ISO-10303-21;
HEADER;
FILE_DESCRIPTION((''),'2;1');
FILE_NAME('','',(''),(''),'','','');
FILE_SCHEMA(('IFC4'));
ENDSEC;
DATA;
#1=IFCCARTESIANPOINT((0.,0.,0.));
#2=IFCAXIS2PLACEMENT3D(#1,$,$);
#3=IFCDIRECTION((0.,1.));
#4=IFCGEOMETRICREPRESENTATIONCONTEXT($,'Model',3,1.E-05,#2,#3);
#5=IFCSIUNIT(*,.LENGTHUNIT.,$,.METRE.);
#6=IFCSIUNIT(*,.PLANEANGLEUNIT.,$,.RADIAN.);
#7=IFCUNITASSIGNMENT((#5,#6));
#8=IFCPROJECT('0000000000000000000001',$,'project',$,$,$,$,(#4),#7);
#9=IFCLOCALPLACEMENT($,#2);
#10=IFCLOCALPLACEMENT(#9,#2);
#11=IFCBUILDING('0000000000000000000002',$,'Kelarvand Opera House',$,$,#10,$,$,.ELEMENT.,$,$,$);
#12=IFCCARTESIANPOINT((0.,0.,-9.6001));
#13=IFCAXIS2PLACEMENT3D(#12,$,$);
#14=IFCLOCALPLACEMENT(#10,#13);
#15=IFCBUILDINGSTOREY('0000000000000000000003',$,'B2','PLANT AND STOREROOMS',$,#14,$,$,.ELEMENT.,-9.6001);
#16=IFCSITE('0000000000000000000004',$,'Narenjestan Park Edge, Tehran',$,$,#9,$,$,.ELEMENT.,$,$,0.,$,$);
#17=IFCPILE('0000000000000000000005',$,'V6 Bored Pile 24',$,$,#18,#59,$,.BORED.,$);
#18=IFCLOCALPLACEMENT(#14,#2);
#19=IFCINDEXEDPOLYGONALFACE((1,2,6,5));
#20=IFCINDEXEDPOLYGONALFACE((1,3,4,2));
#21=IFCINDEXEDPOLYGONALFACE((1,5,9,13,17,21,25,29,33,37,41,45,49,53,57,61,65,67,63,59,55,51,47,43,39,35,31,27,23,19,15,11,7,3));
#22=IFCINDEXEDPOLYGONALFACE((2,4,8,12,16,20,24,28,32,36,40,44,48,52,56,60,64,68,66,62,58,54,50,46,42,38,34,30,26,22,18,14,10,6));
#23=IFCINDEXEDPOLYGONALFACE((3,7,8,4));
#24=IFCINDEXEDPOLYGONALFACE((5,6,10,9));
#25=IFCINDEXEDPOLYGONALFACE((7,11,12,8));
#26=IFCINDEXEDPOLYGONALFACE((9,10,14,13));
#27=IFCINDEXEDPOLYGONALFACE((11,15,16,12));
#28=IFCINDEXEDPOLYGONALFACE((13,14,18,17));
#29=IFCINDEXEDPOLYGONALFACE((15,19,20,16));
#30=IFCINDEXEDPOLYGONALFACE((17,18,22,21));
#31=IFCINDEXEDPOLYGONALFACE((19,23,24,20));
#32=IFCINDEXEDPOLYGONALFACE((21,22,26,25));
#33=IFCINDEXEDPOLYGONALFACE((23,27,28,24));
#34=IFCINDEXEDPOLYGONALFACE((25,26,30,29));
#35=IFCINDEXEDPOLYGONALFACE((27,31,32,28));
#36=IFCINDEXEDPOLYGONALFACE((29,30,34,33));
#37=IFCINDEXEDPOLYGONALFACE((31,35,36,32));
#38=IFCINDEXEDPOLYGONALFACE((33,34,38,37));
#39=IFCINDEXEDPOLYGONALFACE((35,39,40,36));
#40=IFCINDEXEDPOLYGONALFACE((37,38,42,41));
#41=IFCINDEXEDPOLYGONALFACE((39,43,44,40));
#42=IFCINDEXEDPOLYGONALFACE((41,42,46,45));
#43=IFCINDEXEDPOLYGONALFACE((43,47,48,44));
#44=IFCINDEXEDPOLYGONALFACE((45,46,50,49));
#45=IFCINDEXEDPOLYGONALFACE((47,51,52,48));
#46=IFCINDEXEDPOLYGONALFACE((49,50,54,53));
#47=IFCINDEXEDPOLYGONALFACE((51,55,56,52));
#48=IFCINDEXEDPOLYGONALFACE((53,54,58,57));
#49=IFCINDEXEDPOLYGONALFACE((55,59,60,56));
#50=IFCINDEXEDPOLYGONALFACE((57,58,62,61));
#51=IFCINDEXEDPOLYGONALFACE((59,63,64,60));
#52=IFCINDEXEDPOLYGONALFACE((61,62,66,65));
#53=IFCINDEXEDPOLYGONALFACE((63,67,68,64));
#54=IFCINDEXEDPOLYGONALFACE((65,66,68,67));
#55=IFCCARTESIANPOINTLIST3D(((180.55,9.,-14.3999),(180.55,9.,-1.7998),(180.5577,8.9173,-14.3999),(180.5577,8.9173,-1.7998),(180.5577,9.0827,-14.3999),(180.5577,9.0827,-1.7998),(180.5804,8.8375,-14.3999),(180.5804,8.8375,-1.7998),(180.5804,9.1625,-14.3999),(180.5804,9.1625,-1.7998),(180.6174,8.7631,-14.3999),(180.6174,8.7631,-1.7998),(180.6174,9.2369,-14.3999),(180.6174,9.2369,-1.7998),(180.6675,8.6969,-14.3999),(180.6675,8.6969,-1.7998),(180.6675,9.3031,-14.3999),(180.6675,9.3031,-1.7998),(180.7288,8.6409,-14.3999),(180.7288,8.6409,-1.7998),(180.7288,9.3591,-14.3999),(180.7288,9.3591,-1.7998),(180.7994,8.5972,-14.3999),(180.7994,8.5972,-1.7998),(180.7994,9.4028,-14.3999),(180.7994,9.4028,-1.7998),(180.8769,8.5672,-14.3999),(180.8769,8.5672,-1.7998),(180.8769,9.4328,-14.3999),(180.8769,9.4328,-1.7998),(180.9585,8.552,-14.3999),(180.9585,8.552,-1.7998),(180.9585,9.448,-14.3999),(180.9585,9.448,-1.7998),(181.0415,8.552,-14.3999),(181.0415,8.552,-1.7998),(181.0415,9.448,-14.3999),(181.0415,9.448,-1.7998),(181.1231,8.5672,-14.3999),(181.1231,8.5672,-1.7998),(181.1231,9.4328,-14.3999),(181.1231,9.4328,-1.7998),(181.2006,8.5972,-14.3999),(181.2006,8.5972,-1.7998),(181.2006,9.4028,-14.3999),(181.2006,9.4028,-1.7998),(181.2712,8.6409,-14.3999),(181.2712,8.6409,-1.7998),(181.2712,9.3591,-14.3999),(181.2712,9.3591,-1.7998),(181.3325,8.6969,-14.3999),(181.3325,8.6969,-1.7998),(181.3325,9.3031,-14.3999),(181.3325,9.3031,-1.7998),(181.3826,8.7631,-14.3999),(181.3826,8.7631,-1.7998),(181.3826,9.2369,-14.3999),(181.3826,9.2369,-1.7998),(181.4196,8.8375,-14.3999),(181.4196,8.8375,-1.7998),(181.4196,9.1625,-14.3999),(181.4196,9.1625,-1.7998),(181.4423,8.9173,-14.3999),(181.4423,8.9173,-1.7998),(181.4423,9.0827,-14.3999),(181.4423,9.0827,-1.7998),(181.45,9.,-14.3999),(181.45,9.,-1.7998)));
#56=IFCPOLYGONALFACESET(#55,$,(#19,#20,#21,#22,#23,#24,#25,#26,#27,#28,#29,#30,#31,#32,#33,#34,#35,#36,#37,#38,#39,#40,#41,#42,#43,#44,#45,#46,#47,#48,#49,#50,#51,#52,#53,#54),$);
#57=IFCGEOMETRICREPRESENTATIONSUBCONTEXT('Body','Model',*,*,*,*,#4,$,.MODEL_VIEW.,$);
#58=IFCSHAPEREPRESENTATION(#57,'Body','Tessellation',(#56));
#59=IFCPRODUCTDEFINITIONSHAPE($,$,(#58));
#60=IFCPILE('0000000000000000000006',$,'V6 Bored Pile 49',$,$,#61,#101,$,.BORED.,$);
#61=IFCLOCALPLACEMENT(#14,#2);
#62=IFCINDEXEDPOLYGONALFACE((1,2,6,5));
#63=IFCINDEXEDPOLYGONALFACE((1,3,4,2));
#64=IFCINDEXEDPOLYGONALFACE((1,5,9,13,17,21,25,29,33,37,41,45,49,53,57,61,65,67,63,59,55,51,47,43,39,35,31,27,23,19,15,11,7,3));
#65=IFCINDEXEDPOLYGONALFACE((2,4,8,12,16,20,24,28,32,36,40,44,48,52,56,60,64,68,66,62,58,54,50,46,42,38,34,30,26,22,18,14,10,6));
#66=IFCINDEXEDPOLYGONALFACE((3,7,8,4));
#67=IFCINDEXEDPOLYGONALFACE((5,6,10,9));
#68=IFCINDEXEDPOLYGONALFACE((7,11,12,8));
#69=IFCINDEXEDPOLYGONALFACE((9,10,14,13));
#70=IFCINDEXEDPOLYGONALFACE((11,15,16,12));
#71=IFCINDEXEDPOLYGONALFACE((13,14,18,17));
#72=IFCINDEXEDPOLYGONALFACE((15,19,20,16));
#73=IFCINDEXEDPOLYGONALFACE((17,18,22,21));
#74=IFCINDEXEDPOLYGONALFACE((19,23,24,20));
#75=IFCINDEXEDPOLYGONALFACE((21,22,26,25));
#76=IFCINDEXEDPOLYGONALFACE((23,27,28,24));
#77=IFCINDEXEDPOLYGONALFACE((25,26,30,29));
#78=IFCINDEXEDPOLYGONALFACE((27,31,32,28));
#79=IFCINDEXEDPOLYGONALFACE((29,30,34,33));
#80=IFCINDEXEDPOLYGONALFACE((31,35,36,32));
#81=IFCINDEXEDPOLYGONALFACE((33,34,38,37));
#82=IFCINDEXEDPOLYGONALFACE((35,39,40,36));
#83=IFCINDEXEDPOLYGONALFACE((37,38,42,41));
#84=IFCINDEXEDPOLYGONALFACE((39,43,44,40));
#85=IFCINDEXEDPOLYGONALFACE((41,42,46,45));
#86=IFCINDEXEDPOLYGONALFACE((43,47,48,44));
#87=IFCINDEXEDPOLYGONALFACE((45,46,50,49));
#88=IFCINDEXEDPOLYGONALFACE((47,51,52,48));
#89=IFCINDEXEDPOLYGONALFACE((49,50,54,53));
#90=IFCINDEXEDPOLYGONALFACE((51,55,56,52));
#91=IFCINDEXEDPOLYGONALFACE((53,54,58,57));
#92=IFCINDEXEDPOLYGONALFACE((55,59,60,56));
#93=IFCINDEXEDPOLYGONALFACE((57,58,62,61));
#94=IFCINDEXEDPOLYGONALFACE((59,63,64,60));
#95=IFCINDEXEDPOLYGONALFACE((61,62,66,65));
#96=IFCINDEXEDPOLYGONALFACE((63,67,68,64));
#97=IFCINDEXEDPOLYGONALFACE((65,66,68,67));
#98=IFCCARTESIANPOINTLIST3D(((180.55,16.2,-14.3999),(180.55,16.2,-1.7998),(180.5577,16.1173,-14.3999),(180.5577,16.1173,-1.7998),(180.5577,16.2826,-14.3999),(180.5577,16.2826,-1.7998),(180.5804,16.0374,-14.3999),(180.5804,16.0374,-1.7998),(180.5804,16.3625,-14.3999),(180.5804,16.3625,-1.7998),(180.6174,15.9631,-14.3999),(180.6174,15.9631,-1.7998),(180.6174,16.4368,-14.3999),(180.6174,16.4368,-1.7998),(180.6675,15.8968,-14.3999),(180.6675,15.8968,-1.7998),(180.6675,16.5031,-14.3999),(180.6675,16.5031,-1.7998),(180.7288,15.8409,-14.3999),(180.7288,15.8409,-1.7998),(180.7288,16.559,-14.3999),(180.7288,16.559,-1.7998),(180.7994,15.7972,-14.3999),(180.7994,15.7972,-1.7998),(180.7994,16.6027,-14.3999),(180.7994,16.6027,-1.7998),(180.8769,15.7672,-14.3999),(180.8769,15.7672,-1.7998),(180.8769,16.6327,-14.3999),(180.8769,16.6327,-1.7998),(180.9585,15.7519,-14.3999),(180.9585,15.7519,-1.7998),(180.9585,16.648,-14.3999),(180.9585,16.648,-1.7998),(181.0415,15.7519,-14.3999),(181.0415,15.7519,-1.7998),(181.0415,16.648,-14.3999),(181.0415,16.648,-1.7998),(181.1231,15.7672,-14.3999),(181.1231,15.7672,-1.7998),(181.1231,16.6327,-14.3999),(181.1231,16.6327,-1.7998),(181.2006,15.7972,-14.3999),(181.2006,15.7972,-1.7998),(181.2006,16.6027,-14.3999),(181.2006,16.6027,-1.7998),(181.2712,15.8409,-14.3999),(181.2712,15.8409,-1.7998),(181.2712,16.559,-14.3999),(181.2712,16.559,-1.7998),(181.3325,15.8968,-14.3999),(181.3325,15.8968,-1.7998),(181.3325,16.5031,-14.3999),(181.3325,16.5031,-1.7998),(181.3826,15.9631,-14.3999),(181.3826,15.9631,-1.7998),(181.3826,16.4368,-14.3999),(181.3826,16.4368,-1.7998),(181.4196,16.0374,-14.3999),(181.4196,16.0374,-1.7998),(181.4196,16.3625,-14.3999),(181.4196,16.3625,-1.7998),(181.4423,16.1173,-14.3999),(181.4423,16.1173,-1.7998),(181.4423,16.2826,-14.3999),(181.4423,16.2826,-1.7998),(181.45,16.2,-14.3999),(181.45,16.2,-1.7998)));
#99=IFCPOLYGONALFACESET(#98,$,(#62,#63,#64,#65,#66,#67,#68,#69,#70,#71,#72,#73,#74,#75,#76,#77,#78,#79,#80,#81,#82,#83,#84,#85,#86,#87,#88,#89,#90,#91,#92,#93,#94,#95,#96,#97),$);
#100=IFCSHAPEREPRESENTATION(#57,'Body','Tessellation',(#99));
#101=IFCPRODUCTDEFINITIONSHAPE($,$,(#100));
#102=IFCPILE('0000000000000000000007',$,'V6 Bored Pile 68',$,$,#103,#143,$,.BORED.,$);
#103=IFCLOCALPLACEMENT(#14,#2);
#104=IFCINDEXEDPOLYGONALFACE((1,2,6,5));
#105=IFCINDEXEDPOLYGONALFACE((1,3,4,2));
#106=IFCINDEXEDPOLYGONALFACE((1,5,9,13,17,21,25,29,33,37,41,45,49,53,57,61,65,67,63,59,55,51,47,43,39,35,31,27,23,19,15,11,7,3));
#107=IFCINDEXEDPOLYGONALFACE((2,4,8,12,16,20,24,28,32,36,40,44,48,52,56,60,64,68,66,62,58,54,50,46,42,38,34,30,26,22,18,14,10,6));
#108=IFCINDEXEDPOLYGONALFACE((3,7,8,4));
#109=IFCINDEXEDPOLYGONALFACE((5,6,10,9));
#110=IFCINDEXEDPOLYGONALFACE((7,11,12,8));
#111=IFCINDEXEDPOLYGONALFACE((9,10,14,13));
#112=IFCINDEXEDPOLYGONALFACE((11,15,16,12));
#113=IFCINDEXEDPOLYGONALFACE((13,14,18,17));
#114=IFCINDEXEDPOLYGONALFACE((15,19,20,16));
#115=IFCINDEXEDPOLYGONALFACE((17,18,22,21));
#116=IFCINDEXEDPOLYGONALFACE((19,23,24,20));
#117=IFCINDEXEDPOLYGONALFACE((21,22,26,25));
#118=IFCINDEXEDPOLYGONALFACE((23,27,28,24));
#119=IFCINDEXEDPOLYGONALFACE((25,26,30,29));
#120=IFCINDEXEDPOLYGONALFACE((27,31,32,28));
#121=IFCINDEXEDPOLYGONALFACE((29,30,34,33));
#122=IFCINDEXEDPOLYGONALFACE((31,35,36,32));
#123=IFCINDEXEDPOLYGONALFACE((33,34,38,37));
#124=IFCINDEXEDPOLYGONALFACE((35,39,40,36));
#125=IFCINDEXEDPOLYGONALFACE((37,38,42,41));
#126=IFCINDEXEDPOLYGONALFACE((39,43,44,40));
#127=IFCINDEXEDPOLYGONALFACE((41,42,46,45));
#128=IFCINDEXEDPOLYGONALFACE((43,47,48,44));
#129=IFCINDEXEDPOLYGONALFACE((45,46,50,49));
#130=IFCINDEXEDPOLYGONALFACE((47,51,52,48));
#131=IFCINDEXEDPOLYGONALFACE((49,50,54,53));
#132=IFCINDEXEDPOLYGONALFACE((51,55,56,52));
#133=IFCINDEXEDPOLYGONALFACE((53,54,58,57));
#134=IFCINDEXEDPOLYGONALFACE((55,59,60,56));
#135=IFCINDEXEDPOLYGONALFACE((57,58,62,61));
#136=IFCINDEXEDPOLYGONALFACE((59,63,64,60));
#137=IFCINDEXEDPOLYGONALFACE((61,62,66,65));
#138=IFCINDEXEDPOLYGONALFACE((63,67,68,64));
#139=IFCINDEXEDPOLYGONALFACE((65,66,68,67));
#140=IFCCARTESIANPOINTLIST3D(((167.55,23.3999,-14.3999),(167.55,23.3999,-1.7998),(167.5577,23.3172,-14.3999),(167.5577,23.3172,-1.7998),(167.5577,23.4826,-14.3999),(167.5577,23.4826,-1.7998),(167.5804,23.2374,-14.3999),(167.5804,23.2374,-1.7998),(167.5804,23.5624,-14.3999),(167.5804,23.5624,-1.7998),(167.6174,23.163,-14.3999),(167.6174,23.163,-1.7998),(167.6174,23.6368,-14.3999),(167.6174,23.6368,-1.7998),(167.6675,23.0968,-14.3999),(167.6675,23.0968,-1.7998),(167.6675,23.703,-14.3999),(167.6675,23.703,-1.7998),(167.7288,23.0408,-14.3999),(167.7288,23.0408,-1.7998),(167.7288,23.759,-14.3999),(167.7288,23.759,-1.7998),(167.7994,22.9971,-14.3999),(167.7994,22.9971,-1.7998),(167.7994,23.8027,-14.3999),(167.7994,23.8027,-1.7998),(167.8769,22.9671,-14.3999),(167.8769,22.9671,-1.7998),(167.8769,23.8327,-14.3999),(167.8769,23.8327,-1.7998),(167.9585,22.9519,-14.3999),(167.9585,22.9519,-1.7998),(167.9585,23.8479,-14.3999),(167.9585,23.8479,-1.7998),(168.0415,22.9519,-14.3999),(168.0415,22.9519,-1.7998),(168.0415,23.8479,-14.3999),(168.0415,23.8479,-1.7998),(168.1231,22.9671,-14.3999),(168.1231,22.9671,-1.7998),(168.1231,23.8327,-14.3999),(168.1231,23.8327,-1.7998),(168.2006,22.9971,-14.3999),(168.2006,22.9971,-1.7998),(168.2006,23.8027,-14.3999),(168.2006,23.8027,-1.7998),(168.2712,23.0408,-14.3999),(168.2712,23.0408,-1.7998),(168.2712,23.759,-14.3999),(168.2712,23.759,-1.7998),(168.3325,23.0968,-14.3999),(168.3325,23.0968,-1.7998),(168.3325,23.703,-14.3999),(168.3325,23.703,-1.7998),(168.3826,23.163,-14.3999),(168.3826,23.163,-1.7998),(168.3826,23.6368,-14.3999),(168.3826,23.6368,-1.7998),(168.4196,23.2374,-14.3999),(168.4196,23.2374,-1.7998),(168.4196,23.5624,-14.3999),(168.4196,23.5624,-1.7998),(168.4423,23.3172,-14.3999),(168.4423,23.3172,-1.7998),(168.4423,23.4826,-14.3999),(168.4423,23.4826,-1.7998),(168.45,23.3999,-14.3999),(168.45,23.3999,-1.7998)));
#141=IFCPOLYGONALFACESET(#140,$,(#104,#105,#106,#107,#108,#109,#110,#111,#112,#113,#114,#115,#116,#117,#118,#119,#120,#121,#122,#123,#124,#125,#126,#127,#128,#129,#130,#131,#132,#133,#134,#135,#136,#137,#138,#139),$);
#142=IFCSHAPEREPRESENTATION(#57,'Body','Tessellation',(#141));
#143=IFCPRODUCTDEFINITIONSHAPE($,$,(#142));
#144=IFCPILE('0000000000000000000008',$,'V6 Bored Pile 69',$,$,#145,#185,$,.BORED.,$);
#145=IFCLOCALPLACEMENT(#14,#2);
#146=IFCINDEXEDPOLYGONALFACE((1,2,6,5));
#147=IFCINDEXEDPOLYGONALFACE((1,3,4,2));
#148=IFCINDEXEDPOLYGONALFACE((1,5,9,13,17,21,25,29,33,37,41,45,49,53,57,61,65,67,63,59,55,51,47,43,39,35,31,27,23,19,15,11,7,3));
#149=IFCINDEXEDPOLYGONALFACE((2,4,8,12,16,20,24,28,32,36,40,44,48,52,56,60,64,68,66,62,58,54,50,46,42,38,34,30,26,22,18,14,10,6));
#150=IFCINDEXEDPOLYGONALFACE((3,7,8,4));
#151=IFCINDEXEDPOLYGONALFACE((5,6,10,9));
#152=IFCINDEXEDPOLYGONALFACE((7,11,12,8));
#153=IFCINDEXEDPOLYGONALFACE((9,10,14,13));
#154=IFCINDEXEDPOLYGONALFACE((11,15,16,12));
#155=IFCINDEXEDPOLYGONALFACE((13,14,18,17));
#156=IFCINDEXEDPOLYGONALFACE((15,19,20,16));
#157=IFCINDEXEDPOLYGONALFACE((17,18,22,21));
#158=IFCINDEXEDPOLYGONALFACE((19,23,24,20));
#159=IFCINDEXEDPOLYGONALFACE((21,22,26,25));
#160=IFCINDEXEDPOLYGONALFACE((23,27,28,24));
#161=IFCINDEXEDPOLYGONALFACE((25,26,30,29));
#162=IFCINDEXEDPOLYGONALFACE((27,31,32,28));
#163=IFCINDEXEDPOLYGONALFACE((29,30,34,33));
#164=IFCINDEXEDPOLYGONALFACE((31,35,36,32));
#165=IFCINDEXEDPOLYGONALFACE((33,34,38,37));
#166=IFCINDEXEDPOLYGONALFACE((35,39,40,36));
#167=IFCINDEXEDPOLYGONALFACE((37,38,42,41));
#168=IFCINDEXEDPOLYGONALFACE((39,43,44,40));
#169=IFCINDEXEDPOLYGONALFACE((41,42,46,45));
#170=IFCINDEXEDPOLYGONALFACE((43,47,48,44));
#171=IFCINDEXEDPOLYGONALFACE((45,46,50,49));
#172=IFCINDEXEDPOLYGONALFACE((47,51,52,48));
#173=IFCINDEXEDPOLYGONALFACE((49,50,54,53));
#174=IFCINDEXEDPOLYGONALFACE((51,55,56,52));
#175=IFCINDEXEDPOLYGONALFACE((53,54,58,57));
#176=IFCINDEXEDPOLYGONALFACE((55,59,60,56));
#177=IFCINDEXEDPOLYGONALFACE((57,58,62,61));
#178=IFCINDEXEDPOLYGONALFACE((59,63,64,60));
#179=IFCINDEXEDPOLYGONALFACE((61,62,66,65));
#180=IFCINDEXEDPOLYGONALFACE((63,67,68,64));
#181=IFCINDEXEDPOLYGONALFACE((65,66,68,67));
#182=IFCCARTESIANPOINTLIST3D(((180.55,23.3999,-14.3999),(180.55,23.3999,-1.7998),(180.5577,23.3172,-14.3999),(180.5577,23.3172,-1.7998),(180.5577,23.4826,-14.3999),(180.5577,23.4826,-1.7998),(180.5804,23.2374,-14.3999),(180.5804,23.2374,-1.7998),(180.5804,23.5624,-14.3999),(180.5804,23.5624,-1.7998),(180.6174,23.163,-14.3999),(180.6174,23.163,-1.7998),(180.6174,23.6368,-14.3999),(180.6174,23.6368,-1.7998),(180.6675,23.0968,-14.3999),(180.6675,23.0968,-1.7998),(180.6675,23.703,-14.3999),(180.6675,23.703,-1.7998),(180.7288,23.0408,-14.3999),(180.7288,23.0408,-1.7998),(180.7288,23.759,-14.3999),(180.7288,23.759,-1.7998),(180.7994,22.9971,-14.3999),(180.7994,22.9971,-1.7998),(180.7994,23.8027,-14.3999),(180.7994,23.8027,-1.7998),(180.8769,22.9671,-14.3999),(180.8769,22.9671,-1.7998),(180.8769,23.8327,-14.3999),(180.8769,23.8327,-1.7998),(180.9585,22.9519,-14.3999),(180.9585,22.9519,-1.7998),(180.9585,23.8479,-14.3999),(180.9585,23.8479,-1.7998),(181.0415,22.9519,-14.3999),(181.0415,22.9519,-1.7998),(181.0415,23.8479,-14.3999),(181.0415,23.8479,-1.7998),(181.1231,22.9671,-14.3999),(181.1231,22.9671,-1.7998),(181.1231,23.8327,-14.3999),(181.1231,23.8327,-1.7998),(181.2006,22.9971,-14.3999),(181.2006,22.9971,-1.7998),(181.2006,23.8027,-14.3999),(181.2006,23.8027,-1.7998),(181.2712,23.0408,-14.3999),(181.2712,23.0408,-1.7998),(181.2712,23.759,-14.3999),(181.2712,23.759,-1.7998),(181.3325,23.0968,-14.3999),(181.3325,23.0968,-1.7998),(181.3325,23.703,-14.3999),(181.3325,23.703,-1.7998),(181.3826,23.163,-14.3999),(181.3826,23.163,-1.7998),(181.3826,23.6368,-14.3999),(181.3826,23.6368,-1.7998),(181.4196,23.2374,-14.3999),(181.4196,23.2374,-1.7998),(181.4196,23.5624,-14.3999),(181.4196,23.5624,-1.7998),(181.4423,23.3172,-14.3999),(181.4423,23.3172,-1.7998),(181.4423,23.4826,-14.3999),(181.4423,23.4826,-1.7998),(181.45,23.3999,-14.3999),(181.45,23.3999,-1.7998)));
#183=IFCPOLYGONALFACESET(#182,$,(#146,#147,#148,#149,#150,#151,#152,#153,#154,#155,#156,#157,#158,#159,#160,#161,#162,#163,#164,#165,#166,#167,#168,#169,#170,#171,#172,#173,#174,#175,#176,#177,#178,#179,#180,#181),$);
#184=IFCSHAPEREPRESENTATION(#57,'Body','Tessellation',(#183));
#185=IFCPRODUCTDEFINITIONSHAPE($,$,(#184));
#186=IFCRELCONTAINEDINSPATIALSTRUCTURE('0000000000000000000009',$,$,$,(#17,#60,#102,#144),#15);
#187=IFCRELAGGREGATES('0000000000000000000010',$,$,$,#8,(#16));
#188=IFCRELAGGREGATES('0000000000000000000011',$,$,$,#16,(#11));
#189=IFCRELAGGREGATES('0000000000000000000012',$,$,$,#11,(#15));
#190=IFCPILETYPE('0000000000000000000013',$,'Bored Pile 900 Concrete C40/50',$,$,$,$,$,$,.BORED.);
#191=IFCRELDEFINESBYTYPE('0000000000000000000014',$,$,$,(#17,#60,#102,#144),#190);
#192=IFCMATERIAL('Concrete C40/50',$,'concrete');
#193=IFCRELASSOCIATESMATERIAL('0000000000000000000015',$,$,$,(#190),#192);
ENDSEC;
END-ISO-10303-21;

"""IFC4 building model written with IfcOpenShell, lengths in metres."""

from ifc_helpers import new_model, si_unit, direction, frame, origin, origin_2d, place, context, subcontext, project, spatial, circle, extrude, material, material_profile, profile_set, type_object, element, save


model = new_model("IFC4")

# Units and contexts
model_context = context("Model", 3, precision=1e-05, world=origin(), true_north=direction((0.0, 1.0)))
body_context = subcontext(model_context, "Body", "Model", "MODEL_VIEW")
ifc_project = project(units=[si_unit("LENGTHUNIT", "METRE"), si_unit("PLANEANGLEUNIT", "RADIAN")], contexts=[model_context])

# Site, building, storey
site_placement = place(None, origin())
site = spatial("IfcSite", under=ifc_project, at=site_placement, Name="Narenjestan Park Edge, Tehran", CompositionType="ELEMENT", RefElevation=0.0)
building_placement = place(site_placement, origin())
building = spatial("IfcBuilding", under=site, at=building_placement, Name="Kelarvand Opera House", CompositionType="ELEMENT")
storey_placement = place(building_placement, frame((0.0, 0.0, -9.6001)))
storey = spatial("IfcBuildingStorey", under=building, at=storey_placement, Name="B2", Description="PLANT AND STOREROOMS", CompositionType="ELEMENT", Elevation=-9.6001)

# Piles
ifc_material_1 = material(Name="Concrete C40/50", Category="concrete")
ifc_material_profile_1 = material_profile(ifc_material_1, circle(Radius=0.45, at=origin_2d()), Name="BP 900", Category="concrete")
ifc_profile_set_1 = profile_set([ifc_material_profile_1], Name="Concrete C40/50")
pile_type = type_object("IfcPileType", Name="Bored Pile 900 Concrete C40/50", PredefinedType="BORED", material=ifc_profile_set_1)
for number, where, z_axis, x_axis, name in (
    (1, (181.0, 9.0, -1.7998), (0.0, 0.0, -1.0), (1.0, 0.0, 0.0), "V6 Bored Pile 24"),
    (2, (181.0, 16.2, -1.7998), (0.0, 0.0, -1.0), (1.0, 0.0, 0.0), "V6 Bored Pile 49"),
    (3, (168.0, 23.3999, -1.7998), (0.0, 0.0, -1.0), (1.0, 0.0, 0.0), "V6 Bored Pile 68"),
    (4, (181.0, 23.3999, -1.7998), (0.0, 0.0, -1.0), (1.0, 0.0, 0.0), "V6 Bored Pile 69"),
):
    element("IfcPile", number, at=place(storey_placement, frame(where, z_axis=z_axis, x_axis=x_axis)), inside=storey, type_object=pile_type, Name=name, PredefinedType="BORED", context=body_context, shape_type="SweptSolid", body=[
        extrude(circle(Radius=0.45, at=origin_2d()), origin(), (0.0, 0.0, 1.0), 12.6001),
    ])

save(model, "model.ifc")
